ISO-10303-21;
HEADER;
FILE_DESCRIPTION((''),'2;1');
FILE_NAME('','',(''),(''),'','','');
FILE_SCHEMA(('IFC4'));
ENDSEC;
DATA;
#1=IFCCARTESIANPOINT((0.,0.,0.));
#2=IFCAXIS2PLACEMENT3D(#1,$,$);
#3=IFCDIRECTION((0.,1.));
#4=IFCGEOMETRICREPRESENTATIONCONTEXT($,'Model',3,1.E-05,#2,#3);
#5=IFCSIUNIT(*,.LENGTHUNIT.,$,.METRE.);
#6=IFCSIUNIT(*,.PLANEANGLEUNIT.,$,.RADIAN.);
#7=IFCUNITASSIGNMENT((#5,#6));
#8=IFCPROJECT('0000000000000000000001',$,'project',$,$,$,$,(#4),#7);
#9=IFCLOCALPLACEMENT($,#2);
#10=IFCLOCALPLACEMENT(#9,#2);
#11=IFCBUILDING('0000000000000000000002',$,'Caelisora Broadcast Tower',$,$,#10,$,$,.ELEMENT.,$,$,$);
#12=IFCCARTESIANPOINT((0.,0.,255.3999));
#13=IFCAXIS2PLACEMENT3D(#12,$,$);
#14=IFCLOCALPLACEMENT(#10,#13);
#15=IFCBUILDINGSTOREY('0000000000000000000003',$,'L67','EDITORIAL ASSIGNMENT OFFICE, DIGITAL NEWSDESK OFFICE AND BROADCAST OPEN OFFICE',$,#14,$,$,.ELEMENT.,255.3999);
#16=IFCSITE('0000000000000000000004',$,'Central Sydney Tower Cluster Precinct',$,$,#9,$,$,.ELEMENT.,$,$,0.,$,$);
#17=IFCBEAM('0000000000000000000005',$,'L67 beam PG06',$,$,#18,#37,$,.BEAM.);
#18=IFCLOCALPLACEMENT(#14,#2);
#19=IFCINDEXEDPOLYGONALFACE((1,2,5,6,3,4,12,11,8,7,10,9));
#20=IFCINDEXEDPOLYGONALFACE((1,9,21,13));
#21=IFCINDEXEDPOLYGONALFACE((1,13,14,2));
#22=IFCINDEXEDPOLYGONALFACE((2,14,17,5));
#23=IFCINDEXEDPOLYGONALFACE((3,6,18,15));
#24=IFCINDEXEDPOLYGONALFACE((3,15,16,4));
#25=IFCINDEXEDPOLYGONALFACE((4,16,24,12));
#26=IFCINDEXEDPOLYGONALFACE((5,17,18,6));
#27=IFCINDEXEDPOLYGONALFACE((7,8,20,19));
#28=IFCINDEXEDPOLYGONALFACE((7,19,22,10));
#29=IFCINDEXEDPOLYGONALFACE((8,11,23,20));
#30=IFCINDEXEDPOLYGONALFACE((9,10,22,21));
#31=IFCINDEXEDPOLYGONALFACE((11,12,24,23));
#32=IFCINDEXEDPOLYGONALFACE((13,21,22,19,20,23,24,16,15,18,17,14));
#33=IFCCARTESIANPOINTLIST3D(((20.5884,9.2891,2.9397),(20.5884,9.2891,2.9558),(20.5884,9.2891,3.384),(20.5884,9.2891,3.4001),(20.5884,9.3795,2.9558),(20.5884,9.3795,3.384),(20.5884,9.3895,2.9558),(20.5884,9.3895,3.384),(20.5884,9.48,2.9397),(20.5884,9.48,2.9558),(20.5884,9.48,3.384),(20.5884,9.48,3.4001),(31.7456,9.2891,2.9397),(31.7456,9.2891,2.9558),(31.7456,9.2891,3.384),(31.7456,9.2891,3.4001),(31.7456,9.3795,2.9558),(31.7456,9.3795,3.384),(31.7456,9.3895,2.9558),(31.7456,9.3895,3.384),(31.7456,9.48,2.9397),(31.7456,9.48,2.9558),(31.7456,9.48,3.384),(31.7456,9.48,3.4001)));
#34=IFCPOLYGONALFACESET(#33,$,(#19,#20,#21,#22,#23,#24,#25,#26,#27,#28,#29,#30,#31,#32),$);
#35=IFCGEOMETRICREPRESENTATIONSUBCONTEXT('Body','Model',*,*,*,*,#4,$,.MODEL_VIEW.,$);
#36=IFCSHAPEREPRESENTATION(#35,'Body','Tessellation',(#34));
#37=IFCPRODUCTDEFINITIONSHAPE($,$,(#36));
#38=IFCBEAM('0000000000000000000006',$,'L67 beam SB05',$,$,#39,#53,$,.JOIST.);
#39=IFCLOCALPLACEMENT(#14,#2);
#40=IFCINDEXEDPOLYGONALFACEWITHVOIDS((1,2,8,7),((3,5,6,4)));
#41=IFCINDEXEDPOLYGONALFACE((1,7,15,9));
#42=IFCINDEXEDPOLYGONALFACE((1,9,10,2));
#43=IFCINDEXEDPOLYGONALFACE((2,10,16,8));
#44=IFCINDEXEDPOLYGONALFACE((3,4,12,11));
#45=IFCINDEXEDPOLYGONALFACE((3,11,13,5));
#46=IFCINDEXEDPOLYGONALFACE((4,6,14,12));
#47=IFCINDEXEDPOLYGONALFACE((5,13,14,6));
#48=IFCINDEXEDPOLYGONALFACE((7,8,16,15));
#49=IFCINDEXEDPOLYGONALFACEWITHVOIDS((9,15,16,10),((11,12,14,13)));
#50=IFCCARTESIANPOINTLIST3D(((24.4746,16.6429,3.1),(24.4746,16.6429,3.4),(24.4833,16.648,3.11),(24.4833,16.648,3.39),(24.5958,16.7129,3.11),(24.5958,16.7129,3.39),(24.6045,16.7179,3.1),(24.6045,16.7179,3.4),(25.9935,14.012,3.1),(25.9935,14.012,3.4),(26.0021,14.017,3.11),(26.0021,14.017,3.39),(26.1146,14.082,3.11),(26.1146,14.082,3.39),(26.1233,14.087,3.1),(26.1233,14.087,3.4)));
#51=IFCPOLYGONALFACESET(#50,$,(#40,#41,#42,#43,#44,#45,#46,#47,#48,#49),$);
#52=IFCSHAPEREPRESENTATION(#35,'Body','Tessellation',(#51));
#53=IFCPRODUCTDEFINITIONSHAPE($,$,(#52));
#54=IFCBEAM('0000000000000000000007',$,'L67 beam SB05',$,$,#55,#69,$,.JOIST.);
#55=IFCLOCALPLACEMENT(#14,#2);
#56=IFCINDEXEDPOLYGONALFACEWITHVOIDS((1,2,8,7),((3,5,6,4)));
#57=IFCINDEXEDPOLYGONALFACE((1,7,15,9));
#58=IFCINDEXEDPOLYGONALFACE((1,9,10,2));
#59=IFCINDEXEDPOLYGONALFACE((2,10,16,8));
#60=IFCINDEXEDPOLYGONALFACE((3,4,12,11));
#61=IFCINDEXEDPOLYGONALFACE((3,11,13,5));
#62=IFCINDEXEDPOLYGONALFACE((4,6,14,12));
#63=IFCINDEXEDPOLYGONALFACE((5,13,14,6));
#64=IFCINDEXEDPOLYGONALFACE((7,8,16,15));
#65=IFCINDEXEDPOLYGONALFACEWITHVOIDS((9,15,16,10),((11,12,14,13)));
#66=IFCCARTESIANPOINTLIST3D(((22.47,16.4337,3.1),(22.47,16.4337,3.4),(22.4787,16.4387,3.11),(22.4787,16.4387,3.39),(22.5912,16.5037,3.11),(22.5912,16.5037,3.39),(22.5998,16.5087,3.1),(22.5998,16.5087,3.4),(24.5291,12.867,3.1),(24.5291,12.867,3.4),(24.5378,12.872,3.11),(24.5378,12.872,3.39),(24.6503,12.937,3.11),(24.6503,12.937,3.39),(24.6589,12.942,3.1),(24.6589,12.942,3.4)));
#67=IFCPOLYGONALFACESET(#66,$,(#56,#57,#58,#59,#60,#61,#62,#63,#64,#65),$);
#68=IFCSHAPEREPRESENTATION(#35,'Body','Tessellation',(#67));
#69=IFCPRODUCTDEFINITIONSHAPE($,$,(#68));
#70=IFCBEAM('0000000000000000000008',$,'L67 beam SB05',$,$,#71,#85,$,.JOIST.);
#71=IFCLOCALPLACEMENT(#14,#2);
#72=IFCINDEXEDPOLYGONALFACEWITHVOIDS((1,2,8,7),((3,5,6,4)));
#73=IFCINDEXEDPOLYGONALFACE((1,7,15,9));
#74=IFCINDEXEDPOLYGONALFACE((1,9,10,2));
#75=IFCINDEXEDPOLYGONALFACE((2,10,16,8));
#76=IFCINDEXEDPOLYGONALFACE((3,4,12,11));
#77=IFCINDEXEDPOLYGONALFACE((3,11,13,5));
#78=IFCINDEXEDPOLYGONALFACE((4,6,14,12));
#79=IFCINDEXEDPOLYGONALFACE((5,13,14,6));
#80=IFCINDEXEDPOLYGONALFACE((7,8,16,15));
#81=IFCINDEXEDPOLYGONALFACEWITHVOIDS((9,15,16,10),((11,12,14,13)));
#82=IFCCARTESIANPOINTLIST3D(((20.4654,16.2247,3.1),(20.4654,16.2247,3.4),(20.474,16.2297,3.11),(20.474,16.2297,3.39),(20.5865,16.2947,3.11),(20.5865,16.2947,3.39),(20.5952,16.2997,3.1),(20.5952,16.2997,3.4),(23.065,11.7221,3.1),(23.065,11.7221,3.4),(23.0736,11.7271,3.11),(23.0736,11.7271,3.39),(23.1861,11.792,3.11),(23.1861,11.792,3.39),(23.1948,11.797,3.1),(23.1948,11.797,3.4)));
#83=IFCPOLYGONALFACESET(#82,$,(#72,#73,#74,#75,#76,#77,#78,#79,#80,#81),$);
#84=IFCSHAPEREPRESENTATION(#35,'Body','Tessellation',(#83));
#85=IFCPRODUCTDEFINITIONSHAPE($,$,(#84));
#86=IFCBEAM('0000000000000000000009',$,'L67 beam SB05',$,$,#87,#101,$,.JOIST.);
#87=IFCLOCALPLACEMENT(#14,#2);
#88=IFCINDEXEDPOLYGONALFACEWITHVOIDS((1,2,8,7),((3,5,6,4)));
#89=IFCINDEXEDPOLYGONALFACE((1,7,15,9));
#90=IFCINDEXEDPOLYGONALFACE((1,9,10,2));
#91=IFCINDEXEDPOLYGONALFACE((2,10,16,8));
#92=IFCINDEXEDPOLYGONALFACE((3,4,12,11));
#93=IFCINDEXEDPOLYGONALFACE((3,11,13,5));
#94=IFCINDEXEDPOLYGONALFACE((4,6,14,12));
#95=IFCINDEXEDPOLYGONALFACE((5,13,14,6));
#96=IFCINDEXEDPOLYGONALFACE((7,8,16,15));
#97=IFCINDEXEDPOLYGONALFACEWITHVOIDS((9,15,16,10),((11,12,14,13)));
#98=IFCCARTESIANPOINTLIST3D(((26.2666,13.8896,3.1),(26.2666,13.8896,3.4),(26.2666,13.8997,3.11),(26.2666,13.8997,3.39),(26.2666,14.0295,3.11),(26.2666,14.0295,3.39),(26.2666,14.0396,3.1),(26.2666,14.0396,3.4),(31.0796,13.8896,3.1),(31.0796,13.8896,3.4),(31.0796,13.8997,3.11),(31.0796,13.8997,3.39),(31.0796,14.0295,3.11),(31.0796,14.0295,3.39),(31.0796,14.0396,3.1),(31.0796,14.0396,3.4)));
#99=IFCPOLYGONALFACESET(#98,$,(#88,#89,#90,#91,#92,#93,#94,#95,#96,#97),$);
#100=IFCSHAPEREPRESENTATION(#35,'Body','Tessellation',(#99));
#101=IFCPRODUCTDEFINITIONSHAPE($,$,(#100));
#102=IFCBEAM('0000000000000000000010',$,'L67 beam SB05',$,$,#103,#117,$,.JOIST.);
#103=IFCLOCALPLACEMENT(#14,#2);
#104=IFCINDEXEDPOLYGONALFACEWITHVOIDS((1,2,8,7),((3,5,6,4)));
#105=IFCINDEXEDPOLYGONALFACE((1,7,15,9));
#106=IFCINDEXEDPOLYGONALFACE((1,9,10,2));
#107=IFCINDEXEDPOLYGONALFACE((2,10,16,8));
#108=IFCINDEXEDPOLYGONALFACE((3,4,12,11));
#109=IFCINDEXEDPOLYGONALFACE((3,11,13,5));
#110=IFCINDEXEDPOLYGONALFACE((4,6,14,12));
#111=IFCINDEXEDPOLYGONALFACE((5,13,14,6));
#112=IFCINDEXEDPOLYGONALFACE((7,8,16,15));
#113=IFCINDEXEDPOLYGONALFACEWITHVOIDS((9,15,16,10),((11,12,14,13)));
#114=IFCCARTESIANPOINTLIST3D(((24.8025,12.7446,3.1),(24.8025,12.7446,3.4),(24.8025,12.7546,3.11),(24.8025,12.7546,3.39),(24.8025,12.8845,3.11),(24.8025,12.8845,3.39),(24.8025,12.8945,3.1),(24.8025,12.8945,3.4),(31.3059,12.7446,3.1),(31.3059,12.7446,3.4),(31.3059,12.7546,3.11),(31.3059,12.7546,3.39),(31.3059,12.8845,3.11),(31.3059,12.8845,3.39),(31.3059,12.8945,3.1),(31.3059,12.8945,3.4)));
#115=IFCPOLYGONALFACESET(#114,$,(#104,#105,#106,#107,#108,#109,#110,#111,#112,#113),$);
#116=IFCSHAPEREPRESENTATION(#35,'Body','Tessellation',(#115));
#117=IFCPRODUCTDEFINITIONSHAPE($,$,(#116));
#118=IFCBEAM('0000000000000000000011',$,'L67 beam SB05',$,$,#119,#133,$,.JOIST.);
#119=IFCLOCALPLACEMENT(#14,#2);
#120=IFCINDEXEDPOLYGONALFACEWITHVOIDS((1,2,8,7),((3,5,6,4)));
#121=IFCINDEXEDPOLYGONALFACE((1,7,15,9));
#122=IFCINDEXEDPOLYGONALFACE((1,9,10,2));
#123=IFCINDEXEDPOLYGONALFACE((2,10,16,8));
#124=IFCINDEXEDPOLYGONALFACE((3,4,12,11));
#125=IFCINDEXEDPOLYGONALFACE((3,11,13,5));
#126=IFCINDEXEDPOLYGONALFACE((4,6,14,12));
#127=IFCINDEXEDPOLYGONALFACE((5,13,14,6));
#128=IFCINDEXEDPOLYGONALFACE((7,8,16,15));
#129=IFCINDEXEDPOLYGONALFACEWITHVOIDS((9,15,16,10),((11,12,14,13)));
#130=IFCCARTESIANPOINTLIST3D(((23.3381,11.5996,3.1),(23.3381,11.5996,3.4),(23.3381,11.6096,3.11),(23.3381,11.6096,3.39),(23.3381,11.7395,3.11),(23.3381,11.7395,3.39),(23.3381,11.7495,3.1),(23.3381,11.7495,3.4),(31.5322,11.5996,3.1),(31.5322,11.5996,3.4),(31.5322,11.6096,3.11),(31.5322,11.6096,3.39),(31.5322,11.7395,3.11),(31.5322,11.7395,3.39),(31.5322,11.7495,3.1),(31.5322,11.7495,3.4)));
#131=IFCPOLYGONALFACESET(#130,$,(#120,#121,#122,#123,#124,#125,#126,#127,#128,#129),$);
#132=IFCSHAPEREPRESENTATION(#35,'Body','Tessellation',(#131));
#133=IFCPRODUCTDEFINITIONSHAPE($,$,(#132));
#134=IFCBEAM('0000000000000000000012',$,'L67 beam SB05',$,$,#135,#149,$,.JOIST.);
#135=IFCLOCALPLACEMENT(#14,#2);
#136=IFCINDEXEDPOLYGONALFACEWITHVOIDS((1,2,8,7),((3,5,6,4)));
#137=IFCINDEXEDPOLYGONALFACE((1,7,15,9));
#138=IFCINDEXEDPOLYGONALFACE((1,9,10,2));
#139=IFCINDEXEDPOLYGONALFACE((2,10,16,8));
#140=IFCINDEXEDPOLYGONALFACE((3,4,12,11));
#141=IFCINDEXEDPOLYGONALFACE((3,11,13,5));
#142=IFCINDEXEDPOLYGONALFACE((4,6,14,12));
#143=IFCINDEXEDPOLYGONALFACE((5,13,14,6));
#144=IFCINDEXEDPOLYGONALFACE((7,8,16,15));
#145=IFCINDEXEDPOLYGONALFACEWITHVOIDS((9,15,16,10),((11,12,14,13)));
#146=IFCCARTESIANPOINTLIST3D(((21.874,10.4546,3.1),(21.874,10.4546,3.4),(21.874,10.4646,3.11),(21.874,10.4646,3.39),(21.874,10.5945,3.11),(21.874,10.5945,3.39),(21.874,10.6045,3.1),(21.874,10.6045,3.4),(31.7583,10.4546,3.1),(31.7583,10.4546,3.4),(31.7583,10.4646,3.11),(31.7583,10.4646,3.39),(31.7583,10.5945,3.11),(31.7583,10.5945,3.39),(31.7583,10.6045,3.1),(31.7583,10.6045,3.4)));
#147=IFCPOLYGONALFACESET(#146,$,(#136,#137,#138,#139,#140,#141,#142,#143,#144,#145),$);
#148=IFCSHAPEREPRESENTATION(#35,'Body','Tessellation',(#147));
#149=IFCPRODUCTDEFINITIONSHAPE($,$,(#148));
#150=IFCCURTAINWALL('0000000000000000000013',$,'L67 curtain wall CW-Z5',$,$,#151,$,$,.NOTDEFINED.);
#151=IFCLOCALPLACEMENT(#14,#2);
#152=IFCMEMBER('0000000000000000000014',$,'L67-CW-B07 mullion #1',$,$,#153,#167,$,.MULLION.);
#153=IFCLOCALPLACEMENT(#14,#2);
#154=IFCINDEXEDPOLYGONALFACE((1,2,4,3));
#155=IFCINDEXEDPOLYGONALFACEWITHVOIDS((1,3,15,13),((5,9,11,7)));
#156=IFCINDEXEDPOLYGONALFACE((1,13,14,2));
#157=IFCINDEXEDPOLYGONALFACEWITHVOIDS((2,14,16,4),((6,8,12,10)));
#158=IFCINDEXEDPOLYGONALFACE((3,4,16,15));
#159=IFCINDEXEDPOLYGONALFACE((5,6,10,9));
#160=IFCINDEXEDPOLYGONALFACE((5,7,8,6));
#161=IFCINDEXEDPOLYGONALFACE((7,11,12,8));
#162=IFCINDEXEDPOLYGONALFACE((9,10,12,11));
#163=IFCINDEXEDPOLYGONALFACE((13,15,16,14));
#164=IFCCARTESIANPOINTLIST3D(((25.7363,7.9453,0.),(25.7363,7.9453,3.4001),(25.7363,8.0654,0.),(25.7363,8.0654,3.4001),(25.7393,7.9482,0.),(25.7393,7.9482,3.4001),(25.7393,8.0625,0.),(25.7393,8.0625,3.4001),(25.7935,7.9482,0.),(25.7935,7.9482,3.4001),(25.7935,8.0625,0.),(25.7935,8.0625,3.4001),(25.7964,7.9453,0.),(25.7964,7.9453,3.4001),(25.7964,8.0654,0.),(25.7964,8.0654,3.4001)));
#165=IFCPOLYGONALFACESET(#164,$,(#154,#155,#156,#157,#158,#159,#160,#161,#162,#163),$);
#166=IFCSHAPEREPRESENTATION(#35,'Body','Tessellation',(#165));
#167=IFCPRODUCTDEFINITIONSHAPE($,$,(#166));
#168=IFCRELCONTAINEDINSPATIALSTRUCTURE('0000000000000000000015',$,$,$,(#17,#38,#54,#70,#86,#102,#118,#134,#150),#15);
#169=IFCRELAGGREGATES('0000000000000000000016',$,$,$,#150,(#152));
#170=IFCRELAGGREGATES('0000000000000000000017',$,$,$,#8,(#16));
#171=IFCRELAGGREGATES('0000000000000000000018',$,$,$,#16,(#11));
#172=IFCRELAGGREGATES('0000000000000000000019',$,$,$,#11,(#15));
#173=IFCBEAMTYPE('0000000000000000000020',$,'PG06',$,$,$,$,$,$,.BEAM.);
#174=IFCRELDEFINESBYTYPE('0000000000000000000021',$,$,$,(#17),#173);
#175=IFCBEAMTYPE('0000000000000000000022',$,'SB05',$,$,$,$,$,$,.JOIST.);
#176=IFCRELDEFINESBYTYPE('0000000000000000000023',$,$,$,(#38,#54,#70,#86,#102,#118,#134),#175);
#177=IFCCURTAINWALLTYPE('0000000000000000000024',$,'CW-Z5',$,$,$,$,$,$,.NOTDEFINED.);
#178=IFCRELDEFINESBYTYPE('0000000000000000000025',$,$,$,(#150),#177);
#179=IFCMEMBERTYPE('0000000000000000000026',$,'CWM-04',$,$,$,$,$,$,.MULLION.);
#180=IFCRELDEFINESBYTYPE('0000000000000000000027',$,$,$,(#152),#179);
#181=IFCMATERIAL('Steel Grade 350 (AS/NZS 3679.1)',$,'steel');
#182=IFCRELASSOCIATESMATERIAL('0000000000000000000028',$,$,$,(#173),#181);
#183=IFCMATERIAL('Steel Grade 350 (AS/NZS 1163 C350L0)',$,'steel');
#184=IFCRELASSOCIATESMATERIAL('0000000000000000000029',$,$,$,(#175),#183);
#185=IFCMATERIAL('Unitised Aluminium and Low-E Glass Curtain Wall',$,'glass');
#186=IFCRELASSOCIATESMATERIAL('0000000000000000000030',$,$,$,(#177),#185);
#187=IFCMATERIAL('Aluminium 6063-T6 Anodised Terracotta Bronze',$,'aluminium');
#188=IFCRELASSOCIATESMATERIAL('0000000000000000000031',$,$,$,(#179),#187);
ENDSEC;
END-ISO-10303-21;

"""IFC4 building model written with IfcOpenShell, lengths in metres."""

from ifc_helpers import new_model, si_unit, direction, frame, origin, origin_2d, place, context, subcontext, project, spatial, hollow_rectangle, i_section, extrude, source, transform, mapped, material, material_profile, profile_set, type_object, type_shapes, element, aggregate, save


model = new_model("IFC4")

# Units and contexts
model_context = context("Model", 3, precision=1e-05, world=origin(), true_north=direction((0.0, 1.0)))
body_context = subcontext(model_context, "Body", "Model", "MODEL_VIEW")
ifc_project = project(units=[si_unit("LENGTHUNIT", "METRE"), si_unit("PLANEANGLEUNIT", "RADIAN")], contexts=[model_context])

# Site, building, storey
site_placement = place(None, origin())
site = spatial("IfcSite", under=ifc_project, at=site_placement, Name="Central Sydney Tower Cluster Precinct", CompositionType="ELEMENT", RefElevation=0.0)
building_placement = place(site_placement, origin())
building = spatial("IfcBuilding", under=site, at=building_placement, Name="Caelisora Broadcast Tower", CompositionType="ELEMENT")
storey_placement = place(building_placement, frame((0.0, 0.0, 255.3999)))
storey = spatial("IfcBuildingStorey", under=building, at=storey_placement, Name="L67", Description="EDITORIAL ASSIGNMENT OFFICE, DIGITAL NEWSDESK OFFICE AND BROADCAST OPEN OFFICE", CompositionType="ELEMENT", Elevation=255.3999)

# Beams
ifc_material_1 = material(Name="Steel Grade 350 (AS/NZS 3679.1)", Category="steel")
ifc_material_profile_1 = material_profile(ifc_material_1, i_section(OverallWidth=0.1909, OverallDepth=0.4604, WebThickness=0.01, FlangeThickness=0.0161, at=origin_2d()), Name="Steel Grade 350 (AS/NZS 3679.1)")
ifc_profile_set_1 = profile_set([ifc_material_profile_1], Name="Steel Grade 350 (AS/NZS 3679.1)")
beam_type_1 = type_object("IfcBeamType", Name="PG06", PredefinedType="BEAM", material=ifc_profile_set_1)
shared_shape_1 = source(origin(), body_context, "Body", "SweptSolid", [
    extrude(i_section(OverallWidth=0.1909, OverallDepth=0.4604, WebThickness=0.01, FlangeThickness=0.0161, at=origin_2d()), origin(), (0.0, 0.0, 1.0), 11.1572),
])
type_shapes(beam_type_1, [shared_shape_1])
beam_1_placement = place(storey_placement, frame((20.5884, 9.3845, 3.1699), z_axis=(1.0, 0.0, 0.0), x_axis=(0.0, 1.0, 0.0)))
element("IfcBeam", 1, at=beam_1_placement, inside=storey, type_object=beam_type_1, Name="L67 beam PG06", PredefinedType="BEAM", context=body_context, shape_type="MappedRepresentation", body=[
    mapped(shared_shape_1, transform((0.0, 0.0, 0.0), scale=1.0)),
])
ifc_material_2 = material(Name="Steel Grade 350 (AS/NZS 1163 C350L0)", Category="steel")
ifc_material_profile_2 = material_profile(ifc_material_2, hollow_rectangle(XDim=0.1499, YDim=0.3, WallThickness=0.01, at=origin_2d()), Name="Steel Grade 350 (AS/NZS 1163 C350L0)")
ifc_profile_set_2 = profile_set([ifc_material_profile_2], Name="Steel Grade 350 (AS/NZS 1163 C350L0)")
beam_type_2 = type_object("IfcBeamType", Name="SB05", PredefinedType="JOIST", material=ifc_profile_set_2)
shared_shape_2 = source(origin(), body_context, "Body", "SweptSolid", [
    extrude(hollow_rectangle(XDim=0.1499, YDim=0.3, WallThickness=0.01, at=origin_2d()), origin(), (0.0, 0.0, 1.0), 3.0378),
])
beam_2_placement = place(storey_placement, frame((24.5396, 16.6804, 3.25), z_axis=(0.499968, -0.866044, 0.0), x_axis=(0.866044, 0.499968, 0.0)))
element("IfcBeam", 2, at=beam_2_placement, inside=storey, type_object=beam_type_2, Name="L67 beam SB05", PredefinedType="JOIST", context=body_context, shape_type="MappedRepresentation", body=[
    mapped(shared_shape_2, transform((0.0, 0.0, 0.0), scale=1.0)),
])
shared_shape_3 = source(origin(), body_context, "Body", "SweptSolid", [
    extrude(hollow_rectangle(XDim=0.1499, YDim=0.3, WallThickness=0.01, at=origin_2d()), origin(), (0.0, 0.0, 1.0), 4.1184),
])
beam_3_placement = place(storey_placement, frame((22.5349, 16.4712, 3.25), z_axis=(0.499977, -0.866038, 0.0), x_axis=(0.866038, 0.499977, 0.0)))
element("IfcBeam", 3, at=beam_3_placement, inside=storey, type_object=beam_type_2, Name="L67 beam SB05", PredefinedType="JOIST", context=body_context, shape_type="MappedRepresentation", body=[
    mapped(shared_shape_3, transform((0.0, 0.0, 0.0), scale=1.0)),
])
shared_shape_4 = source(origin(), body_context, "Body", "SweptSolid", [
    extrude(hollow_rectangle(XDim=0.1499, YDim=0.3, WallThickness=0.01, at=origin_2d()), origin(), (0.0, 0.0, 1.0), 5.1992),
])
beam_4_placement = place(storey_placement, frame((20.5303, 16.2622, 3.25), z_axis=(0.499997, -0.866027, 0.0), x_axis=(0.866027, 0.499997, 0.0)))
element("IfcBeam", 4, at=beam_4_placement, inside=storey, type_object=beam_type_2, Name="L67 beam SB05", PredefinedType="JOIST", context=body_context, shape_type="MappedRepresentation", body=[
    mapped(shared_shape_4, transform((0.0, 0.0, 0.0), scale=1.0)),
])
shared_shape_5 = source(origin(), body_context, "Body", "SweptSolid", [
    extrude(hollow_rectangle(XDim=0.1499, YDim=0.3, WallThickness=0.01, at=origin_2d()), origin(), (0.0, 0.0, 1.0), 4.813),
])
beam_5_placement = place(storey_placement, frame((26.2666, 13.9646, 3.25), z_axis=(1.0, 0.0, 0.0), x_axis=(0.0, 1.0, 0.0)))
element("IfcBeam", 5, at=beam_5_placement, inside=storey, type_object=beam_type_2, Name="L67 beam SB05", PredefinedType="JOIST", context=body_context, shape_type="MappedRepresentation", body=[
    mapped(shared_shape_5, transform((0.0, 0.0, 0.0), scale=1.0)),
])
shared_shape_6 = source(origin(), body_context, "Body", "SweptSolid", [
    extrude(hollow_rectangle(XDim=0.1499, YDim=0.3, WallThickness=0.01, at=origin_2d()), origin(), (0.0, 0.0, 1.0), 6.5034),
])
beam_6_placement = place(storey_placement, frame((24.8025, 12.8196, 3.25), z_axis=(1.0, 0.0, 0.0), x_axis=(0.0, 1.0, 0.0)))
element("IfcBeam", 6, at=beam_6_placement, inside=storey, type_object=beam_type_2, Name="L67 beam SB05", PredefinedType="JOIST", context=body_context, shape_type="MappedRepresentation", body=[
    mapped(shared_shape_6, transform((0.0, 0.0, 0.0), scale=1.0)),
])
shared_shape_7 = source(origin(), body_context, "Body", "SweptSolid", [
    extrude(hollow_rectangle(XDim=0.1499, YDim=0.3, WallThickness=0.01, at=origin_2d()), origin(), (0.0, 0.0, 1.0), 8.1941),
])
beam_7_placement = place(storey_placement, frame((23.3381, 11.6746, 3.25), z_axis=(1.0, 0.0, 0.0), x_axis=(0.0, 1.0, 0.0)))
element("IfcBeam", 7, at=beam_7_placement, inside=storey, type_object=beam_type_2, Name="L67 beam SB05", PredefinedType="JOIST", context=body_context, shape_type="MappedRepresentation", body=[
    mapped(shared_shape_7, transform((0.0, 0.0, 0.0), scale=1.0)),
])
shared_shape_8 = source(origin(), body_context, "Body", "SweptSolid", [
    extrude(hollow_rectangle(XDim=0.1499, YDim=0.3, WallThickness=0.01, at=origin_2d()), origin(), (0.0, 0.0, 1.0), 9.8843),
])
type_shapes(beam_type_2, [shared_shape_2, shared_shape_3, shared_shape_4, shared_shape_5, shared_shape_6, shared_shape_7, shared_shape_8])
beam_8_placement = place(storey_placement, frame((21.874, 10.5295, 3.25), z_axis=(1.0, 0.0, 0.0), x_axis=(0.0, 1.0, 0.0)))
element("IfcBeam", 8, at=beam_8_placement, inside=storey, type_object=beam_type_2, Name="L67 beam SB05", PredefinedType="JOIST", context=body_context, shape_type="MappedRepresentation", body=[
    mapped(shared_shape_8, transform((0.0, 0.0, 0.0), scale=1.0)),
])

# Curtain wall, member
ifc_material_3 = material(Name="Unitised Aluminium and Low-E Glass Curtain Wall", Category="glass")
curtain_wall_type = type_object("IfcCurtainWallType", Name="CW-Z5", PredefinedType="NOTDEFINED", material=ifc_material_3)
curtain_wall_placement = place(storey_placement, origin())
curtain_wall = element("IfcCurtainWall", 9, at=curtain_wall_placement, inside=storey, type_object=curtain_wall_type, Name="L67 curtain wall CW-Z5", PredefinedType="NOTDEFINED")
ifc_material_4 = material(Name="Aluminium 6063-T6 Anodised Terracotta Bronze", Category="aluminium")
ifc_material_profile_3 = material_profile(ifc_material_4, hollow_rectangle(XDim=0.0601, YDim=0.1201, WallThickness=0.0029, at=origin_2d()), Name="Aluminium 6063-T6 Anodised Terracotta Bronze")
ifc_profile_set_3 = profile_set([ifc_material_profile_3], Name="Aluminium 6063-T6 Anodised Terracotta Bronze")
member_type = type_object("IfcMemberType", Name="CWM-04", PredefinedType="MULLION", material=ifc_profile_set_3)
shared_shape_9 = source(origin(), body_context, "Body", "SweptSolid", [
    extrude(hollow_rectangle(XDim=0.0601, YDim=0.1201, WallThickness=0.0029, at=origin_2d()), origin(), (0.0, 0.0, 1.0), 3.4001),
])
type_shapes(member_type, [shared_shape_9])
member_placement = place(storey_placement, frame((25.7664, 8.0054, 0.0), z_axis=(0.0, 0.0, 1.0), x_axis=(1.0, 0.0, 0.0)))
member = element("IfcMember", 10, at=member_placement, type_object=member_type, Name="L67-CW-B07 mullion #1", PredefinedType="MULLION", context=body_context, shape_type="MappedRepresentation", body=[
    mapped(shared_shape_9, transform((0.0, 0.0, 0.0), scale=1.0)),
])

aggregate(curtain_wall, [member])

save(model, "model.ifc")
